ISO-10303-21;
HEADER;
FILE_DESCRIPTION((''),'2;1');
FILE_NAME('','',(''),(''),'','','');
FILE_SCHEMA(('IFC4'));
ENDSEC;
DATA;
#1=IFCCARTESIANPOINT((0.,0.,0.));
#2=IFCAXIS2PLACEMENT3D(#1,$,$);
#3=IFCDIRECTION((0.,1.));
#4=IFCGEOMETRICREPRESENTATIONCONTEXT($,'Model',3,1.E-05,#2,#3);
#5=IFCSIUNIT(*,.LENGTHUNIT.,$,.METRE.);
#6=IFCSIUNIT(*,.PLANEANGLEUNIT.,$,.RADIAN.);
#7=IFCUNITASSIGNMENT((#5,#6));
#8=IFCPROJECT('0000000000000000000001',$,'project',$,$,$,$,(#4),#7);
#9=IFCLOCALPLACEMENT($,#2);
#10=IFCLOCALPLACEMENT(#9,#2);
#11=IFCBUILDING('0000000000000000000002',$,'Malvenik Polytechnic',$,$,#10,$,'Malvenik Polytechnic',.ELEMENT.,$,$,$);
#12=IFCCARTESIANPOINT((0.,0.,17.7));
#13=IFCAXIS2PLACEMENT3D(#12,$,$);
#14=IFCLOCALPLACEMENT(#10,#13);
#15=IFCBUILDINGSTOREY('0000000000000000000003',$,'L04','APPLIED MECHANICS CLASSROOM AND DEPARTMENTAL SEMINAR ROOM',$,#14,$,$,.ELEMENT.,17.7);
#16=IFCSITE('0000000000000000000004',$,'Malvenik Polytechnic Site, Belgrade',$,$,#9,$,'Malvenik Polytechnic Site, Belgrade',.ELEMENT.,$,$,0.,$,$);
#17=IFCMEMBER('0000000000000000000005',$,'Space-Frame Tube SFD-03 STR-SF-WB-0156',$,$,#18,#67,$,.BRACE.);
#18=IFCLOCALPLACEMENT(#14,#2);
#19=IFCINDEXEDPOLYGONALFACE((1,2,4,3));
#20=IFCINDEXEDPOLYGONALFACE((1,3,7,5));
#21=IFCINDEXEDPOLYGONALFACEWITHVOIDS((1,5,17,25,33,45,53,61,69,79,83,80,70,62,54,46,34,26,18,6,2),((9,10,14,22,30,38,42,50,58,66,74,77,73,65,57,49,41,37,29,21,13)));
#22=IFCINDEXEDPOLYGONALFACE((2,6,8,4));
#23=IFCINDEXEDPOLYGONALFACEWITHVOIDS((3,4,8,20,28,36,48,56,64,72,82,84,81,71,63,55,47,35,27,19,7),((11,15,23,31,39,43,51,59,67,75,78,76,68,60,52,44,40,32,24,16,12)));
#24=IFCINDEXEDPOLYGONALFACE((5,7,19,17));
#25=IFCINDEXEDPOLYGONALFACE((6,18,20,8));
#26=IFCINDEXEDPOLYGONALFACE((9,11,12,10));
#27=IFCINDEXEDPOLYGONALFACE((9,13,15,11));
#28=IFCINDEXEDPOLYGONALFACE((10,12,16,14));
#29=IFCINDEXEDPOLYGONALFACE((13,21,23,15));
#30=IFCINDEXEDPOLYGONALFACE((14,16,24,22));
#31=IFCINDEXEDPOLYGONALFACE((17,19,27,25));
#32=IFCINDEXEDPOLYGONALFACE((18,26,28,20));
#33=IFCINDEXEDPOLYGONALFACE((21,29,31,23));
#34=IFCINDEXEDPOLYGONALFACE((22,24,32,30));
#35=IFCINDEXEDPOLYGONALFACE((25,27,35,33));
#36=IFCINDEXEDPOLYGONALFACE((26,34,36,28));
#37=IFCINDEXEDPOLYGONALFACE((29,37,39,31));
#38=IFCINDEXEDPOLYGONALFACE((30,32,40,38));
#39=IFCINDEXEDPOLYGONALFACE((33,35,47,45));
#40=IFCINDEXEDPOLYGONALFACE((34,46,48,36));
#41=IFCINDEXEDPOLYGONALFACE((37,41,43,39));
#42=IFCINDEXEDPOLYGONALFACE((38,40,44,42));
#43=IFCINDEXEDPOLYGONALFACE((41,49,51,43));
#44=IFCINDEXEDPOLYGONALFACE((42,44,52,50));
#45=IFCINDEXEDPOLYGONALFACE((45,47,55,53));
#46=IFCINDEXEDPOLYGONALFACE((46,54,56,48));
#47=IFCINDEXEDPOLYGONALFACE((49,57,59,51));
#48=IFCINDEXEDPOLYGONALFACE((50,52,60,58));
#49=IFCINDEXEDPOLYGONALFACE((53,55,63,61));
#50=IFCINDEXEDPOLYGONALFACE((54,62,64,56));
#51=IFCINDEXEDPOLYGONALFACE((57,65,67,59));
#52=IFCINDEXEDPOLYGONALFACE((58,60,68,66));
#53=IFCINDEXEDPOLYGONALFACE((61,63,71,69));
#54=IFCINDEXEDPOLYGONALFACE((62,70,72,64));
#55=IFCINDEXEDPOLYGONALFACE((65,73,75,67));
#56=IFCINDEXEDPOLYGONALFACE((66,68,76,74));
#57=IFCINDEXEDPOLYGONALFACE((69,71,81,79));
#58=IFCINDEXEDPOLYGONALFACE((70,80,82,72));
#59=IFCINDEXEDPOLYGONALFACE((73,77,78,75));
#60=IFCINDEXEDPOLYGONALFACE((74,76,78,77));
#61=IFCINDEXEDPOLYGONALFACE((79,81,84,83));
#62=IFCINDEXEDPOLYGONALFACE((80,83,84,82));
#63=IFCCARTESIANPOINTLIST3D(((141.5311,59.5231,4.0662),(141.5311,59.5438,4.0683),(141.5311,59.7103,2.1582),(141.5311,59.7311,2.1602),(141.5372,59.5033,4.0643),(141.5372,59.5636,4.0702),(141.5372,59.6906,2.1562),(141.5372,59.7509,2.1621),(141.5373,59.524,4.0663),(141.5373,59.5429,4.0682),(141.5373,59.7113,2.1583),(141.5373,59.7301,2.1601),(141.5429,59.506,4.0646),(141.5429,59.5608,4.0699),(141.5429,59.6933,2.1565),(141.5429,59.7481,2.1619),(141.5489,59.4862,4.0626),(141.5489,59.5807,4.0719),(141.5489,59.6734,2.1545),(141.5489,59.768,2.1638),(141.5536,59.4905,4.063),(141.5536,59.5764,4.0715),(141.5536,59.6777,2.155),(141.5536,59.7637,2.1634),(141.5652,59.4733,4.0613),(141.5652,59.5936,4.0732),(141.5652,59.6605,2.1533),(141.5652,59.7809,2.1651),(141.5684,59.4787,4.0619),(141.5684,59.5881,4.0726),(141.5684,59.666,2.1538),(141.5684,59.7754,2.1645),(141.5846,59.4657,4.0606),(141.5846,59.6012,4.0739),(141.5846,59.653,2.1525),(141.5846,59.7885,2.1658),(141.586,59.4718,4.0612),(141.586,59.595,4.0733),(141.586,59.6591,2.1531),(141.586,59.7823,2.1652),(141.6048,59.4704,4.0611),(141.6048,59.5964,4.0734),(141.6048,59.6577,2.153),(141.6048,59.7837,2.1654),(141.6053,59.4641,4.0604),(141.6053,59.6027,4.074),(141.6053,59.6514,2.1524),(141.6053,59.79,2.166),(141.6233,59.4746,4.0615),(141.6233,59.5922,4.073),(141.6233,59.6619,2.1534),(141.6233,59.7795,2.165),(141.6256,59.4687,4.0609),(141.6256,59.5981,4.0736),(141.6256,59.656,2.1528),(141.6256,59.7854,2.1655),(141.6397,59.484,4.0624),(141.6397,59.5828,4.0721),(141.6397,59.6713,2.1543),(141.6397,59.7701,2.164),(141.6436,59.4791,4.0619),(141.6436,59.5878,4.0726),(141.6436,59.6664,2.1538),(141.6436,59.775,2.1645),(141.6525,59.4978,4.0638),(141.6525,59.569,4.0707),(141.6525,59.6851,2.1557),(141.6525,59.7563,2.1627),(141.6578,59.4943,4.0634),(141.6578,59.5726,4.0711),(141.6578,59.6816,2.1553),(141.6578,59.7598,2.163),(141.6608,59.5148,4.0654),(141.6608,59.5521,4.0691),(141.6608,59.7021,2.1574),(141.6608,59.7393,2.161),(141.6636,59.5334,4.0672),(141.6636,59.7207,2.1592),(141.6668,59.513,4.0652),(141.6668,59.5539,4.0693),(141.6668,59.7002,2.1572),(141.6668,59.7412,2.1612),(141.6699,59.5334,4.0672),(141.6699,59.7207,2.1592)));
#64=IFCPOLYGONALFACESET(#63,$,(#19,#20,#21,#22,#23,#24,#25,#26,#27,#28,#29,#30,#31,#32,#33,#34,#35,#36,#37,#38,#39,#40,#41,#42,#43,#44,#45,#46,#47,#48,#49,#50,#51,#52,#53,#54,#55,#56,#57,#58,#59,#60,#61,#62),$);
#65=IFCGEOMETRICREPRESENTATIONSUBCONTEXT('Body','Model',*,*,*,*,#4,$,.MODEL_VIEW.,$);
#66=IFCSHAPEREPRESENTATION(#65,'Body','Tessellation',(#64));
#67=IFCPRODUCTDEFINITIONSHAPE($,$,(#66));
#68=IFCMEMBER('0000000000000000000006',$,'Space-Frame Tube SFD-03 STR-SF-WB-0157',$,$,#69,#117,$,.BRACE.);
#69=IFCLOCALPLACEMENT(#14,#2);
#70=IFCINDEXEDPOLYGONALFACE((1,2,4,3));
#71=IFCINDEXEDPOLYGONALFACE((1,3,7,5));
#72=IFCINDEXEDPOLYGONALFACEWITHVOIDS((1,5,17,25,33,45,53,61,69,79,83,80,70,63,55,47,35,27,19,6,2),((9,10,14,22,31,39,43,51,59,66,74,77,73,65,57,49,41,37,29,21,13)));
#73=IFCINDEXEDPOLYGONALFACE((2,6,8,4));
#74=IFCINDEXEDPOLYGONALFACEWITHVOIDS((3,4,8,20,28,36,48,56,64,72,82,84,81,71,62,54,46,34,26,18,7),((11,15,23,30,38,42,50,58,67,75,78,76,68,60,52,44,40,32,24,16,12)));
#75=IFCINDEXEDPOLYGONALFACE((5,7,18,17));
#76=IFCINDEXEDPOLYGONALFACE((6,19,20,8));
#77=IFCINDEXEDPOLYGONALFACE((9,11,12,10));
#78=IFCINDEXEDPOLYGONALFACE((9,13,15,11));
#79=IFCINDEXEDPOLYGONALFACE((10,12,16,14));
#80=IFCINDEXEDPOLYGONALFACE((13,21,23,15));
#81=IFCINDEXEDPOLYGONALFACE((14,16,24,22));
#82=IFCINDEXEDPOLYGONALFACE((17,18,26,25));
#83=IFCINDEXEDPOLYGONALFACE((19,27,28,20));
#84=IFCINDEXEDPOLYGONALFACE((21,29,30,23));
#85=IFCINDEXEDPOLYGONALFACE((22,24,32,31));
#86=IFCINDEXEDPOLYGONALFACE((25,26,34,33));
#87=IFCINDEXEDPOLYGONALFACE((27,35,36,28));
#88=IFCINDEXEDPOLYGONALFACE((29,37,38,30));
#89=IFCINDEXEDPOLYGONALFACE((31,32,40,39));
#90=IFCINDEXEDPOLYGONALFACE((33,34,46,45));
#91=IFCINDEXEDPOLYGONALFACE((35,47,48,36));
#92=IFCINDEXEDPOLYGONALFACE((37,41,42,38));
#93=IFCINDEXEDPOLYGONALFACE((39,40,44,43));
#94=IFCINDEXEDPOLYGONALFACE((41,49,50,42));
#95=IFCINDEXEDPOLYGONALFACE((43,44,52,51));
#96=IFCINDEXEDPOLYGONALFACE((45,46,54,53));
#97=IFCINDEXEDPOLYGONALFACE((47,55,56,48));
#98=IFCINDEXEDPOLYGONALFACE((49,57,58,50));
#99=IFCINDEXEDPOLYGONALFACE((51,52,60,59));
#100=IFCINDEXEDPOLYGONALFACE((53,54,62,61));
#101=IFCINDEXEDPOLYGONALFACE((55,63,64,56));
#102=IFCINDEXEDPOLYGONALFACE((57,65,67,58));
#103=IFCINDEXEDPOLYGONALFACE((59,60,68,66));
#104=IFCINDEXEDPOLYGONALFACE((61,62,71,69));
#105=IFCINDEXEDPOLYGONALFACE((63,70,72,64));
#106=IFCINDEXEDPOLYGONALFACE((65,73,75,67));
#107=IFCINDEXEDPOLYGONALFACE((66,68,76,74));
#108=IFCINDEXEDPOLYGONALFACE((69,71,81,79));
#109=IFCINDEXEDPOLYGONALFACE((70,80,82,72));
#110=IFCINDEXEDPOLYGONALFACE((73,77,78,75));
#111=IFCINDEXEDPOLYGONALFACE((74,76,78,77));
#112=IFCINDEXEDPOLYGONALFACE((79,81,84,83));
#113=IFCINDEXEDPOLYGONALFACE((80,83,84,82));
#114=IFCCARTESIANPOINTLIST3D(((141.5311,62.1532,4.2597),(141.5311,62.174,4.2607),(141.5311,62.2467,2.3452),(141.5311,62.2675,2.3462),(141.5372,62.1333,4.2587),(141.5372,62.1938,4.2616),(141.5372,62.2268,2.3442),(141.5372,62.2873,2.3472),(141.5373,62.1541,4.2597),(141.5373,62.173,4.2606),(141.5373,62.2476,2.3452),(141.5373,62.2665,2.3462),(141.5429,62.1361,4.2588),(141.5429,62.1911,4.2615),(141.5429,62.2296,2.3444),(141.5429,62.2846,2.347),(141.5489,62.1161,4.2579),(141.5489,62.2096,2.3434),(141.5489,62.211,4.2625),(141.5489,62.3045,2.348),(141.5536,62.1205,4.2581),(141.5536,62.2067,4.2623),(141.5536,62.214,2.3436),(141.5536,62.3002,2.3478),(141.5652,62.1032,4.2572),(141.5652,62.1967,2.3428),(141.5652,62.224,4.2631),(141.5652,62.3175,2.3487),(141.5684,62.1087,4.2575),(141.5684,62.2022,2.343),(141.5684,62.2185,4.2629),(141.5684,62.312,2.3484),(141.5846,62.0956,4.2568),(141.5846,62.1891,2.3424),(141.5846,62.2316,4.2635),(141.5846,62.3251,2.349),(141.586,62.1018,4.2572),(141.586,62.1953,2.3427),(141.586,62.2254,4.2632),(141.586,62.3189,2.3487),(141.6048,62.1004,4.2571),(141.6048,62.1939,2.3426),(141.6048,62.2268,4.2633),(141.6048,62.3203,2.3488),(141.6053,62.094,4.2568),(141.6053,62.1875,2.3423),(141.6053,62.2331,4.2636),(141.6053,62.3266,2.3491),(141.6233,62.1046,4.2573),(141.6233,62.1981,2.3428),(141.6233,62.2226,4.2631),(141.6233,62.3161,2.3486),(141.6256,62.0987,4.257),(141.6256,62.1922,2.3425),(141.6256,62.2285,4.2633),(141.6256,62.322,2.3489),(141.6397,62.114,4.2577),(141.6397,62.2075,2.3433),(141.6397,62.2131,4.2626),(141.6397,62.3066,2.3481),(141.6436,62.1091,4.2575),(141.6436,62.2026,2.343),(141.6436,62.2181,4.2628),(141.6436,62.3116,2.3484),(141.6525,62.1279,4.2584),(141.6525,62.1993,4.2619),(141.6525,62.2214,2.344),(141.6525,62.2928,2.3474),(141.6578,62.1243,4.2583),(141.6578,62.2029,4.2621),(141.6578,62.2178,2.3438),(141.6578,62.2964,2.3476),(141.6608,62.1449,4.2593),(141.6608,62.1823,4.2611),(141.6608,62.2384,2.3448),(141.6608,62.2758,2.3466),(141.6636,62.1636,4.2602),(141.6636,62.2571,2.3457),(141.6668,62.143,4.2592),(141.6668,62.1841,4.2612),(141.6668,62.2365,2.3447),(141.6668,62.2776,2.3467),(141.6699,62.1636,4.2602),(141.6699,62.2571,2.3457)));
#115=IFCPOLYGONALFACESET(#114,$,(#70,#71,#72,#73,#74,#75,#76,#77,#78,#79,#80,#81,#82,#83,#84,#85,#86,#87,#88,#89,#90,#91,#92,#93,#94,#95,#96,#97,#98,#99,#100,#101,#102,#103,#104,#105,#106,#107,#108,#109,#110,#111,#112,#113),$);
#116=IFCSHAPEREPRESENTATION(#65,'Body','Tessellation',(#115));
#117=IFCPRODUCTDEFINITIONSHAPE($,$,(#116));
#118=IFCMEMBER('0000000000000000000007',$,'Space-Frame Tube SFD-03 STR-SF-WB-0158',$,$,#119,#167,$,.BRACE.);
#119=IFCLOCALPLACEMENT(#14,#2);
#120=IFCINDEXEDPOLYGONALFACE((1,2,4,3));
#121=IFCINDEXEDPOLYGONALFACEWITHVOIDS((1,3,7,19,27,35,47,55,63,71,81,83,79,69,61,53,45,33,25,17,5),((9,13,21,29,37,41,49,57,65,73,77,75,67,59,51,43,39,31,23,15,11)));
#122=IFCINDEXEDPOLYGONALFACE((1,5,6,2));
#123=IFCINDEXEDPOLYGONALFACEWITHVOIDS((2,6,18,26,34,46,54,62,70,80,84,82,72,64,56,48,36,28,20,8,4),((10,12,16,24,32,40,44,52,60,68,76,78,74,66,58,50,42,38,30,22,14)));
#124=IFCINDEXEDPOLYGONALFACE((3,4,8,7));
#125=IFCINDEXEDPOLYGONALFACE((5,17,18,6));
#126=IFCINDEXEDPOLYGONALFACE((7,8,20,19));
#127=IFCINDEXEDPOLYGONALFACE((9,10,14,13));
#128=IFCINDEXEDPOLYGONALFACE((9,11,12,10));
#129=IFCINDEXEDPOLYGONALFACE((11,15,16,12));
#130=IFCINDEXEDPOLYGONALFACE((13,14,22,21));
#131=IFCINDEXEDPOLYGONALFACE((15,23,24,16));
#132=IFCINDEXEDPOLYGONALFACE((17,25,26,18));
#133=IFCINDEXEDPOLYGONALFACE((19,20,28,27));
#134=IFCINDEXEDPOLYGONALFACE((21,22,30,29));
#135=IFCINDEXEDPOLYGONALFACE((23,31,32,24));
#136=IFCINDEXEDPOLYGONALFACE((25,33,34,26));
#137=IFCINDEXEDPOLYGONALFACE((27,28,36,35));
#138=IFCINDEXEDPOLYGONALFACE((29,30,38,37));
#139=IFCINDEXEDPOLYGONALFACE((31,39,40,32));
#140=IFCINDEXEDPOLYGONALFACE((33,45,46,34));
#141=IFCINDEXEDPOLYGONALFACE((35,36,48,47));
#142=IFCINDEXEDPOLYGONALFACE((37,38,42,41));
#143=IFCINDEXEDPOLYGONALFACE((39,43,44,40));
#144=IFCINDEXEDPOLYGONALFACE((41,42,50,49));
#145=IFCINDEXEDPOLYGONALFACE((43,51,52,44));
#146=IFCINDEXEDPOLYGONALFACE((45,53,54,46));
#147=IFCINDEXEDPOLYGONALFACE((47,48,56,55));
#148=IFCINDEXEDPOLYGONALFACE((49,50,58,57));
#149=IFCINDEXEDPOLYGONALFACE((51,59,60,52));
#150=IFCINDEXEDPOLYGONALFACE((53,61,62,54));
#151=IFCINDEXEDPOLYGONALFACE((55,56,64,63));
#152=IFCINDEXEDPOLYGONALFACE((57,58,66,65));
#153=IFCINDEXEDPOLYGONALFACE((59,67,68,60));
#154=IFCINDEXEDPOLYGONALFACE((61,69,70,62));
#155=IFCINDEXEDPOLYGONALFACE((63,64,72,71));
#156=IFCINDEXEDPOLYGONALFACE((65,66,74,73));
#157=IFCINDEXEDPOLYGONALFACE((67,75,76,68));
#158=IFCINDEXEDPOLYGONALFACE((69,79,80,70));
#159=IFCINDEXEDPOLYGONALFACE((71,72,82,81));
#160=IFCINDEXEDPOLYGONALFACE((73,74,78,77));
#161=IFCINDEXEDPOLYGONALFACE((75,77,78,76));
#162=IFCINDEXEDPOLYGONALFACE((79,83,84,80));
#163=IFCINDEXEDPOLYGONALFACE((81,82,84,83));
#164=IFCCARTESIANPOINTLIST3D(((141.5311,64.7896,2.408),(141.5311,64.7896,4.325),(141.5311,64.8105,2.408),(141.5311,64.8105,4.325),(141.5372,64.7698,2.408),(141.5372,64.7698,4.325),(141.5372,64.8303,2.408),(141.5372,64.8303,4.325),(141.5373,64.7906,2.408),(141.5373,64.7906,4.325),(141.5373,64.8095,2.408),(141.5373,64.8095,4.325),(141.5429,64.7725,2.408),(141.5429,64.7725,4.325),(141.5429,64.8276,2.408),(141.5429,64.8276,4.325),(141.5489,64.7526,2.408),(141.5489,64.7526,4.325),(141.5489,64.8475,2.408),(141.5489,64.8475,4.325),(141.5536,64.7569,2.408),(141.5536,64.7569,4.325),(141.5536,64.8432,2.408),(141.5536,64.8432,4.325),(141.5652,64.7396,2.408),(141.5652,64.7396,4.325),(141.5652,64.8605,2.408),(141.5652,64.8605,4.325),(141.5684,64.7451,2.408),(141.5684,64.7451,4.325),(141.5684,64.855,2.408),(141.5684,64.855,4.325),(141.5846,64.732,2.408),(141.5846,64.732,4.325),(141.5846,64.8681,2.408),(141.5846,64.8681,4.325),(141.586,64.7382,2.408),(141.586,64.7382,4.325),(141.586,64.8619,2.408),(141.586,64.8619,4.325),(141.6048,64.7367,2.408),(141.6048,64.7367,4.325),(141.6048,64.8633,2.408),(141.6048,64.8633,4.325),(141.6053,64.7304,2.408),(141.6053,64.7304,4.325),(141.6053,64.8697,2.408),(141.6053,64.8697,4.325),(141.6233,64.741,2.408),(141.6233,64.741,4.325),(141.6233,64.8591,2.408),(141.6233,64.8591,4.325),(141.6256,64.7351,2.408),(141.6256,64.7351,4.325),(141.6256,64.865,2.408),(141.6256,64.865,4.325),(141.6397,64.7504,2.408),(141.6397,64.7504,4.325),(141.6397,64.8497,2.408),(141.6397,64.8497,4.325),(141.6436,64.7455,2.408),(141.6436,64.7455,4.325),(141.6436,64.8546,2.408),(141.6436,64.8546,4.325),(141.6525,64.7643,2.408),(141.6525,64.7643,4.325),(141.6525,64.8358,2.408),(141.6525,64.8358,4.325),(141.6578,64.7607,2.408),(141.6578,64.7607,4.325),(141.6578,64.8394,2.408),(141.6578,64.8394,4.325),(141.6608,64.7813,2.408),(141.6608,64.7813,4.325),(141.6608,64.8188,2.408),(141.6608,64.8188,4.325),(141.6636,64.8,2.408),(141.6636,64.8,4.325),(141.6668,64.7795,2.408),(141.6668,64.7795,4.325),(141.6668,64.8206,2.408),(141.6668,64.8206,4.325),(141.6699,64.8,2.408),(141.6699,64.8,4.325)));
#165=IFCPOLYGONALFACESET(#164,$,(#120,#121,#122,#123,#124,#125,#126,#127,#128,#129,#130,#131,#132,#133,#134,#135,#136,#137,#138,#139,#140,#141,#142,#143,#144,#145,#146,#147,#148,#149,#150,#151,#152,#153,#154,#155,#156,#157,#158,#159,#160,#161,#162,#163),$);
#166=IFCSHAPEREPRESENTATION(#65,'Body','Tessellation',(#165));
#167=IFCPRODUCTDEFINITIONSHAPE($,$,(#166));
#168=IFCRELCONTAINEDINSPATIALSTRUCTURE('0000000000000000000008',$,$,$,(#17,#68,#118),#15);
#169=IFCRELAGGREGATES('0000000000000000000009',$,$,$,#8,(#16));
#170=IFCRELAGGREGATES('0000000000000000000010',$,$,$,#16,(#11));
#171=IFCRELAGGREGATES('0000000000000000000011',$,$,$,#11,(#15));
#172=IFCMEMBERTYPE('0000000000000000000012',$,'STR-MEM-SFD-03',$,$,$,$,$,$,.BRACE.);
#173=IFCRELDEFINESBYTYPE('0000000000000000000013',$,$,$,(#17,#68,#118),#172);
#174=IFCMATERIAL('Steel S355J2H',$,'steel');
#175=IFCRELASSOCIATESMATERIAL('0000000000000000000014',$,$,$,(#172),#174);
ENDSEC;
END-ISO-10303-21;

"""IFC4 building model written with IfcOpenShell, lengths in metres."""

from ifc_helpers import new_model, si_unit, direction, frame, origin, origin_2d, place, context, subcontext, project, spatial, hollow_circle, extrude, material, material_profile, profile_set, type_object, element, save


model = new_model("IFC4")

# Units and contexts
model_context = context("Model", 3, precision=1e-05, world=origin(), true_north=direction((0.0, 1.0)))
body_context = subcontext(model_context, "Body", "Model", "MODEL_VIEW")
ifc_project = project(units=[si_unit("LENGTHUNIT", "METRE"), si_unit("PLANEANGLEUNIT", "RADIAN")], contexts=[model_context])

# Site, building, storey
site_placement = place(None, origin())
site = spatial("IfcSite", under=ifc_project, at=site_placement, Name="Malvenik Polytechnic Site, Belgrade", LongName="Malvenik Polytechnic Site, Belgrade", CompositionType="ELEMENT", RefElevation=0.0)
building_placement = place(site_placement, origin())
building = spatial("IfcBuilding", under=site, at=building_placement, Name="Malvenik Polytechnic", LongName="Malvenik Polytechnic", CompositionType="ELEMENT")
storey_placement = place(building_placement, frame((0.0, 0.0, 17.7)))
storey = spatial("IfcBuildingStorey", under=building, at=storey_placement, Name="L04", Description="APPLIED MECHANICS CLASSROOM AND DEPARTMENTAL SEMINAR ROOM", CompositionType="ELEMENT", Elevation=17.7)

# Members
ifc_material = material(Name="Steel S355J2H", Category="steel")
ifc_material_profile_1 = material_profile(ifc_material, hollow_circle(Radius=0.0698, WallThickness=0.0063, at=origin_2d()), Name="CHS 139.7x6.3")
ifc_profile_set_1 = profile_set([ifc_material_profile_1], Name="Steel S355J2H")
member_type_1 = type_object("IfcMemberType", Name="STR-MEM-SFD-03", PredefinedType="BRACE", material=ifc_profile_set_1)
member_1_placement = place(storey_placement, frame((141.6001, 59.7207, 2.1592), z_axis=(0.0, -0.097675, 0.995218), x_axis=(1.0, 0.0, 0.0)))
element("IfcMember", 1, at=member_1_placement, inside=storey, type_object=member_type_1, Name="Space-Frame Tube SFD-03 STR-SF-WB-0156", PredefinedType="BRACE", context=body_context, shape_type="SweptSolid", body=[
    extrude(hollow_circle(Radius=0.0698, WallThickness=0.0063, at=origin_2d()), origin(), (0.0, 0.0, 1.0), 1.9172),
])
member_2_placement = place(storey_placement, frame((141.6001, 62.2571, 2.3457), z_axis=(0.0, -0.048781, 0.998809), x_axis=(1.0, 0.0, 0.0)))
element("IfcMember", 2, at=member_2_placement, inside=storey, type_object=member_type_1, Name="Space-Frame Tube SFD-03 STR-SF-WB-0157", PredefinedType="BRACE", context=body_context, shape_type="SweptSolid", body=[
    extrude(hollow_circle(Radius=0.0698, WallThickness=0.0063, at=origin_2d()), origin(), (0.0, 0.0, 1.0), 1.9167),
])
member_3_placement = place(storey_placement, frame((141.6001, 64.8, 2.408), z_axis=(0.0, 0.0, 1.0), x_axis=(1.0, 0.0, 0.0)))
element("IfcMember", 3, at=member_3_placement, inside=storey, type_object=member_type_1, Name="Space-Frame Tube SFD-03 STR-SF-WB-0158", PredefinedType="BRACE", context=body_context, shape_type="SweptSolid", body=[
    extrude(hollow_circle(Radius=0.0698, WallThickness=0.0063, at=origin_2d()), origin(), (0.0, 0.0, 1.0), 1.917),
])

save(model, "model.ifc")
